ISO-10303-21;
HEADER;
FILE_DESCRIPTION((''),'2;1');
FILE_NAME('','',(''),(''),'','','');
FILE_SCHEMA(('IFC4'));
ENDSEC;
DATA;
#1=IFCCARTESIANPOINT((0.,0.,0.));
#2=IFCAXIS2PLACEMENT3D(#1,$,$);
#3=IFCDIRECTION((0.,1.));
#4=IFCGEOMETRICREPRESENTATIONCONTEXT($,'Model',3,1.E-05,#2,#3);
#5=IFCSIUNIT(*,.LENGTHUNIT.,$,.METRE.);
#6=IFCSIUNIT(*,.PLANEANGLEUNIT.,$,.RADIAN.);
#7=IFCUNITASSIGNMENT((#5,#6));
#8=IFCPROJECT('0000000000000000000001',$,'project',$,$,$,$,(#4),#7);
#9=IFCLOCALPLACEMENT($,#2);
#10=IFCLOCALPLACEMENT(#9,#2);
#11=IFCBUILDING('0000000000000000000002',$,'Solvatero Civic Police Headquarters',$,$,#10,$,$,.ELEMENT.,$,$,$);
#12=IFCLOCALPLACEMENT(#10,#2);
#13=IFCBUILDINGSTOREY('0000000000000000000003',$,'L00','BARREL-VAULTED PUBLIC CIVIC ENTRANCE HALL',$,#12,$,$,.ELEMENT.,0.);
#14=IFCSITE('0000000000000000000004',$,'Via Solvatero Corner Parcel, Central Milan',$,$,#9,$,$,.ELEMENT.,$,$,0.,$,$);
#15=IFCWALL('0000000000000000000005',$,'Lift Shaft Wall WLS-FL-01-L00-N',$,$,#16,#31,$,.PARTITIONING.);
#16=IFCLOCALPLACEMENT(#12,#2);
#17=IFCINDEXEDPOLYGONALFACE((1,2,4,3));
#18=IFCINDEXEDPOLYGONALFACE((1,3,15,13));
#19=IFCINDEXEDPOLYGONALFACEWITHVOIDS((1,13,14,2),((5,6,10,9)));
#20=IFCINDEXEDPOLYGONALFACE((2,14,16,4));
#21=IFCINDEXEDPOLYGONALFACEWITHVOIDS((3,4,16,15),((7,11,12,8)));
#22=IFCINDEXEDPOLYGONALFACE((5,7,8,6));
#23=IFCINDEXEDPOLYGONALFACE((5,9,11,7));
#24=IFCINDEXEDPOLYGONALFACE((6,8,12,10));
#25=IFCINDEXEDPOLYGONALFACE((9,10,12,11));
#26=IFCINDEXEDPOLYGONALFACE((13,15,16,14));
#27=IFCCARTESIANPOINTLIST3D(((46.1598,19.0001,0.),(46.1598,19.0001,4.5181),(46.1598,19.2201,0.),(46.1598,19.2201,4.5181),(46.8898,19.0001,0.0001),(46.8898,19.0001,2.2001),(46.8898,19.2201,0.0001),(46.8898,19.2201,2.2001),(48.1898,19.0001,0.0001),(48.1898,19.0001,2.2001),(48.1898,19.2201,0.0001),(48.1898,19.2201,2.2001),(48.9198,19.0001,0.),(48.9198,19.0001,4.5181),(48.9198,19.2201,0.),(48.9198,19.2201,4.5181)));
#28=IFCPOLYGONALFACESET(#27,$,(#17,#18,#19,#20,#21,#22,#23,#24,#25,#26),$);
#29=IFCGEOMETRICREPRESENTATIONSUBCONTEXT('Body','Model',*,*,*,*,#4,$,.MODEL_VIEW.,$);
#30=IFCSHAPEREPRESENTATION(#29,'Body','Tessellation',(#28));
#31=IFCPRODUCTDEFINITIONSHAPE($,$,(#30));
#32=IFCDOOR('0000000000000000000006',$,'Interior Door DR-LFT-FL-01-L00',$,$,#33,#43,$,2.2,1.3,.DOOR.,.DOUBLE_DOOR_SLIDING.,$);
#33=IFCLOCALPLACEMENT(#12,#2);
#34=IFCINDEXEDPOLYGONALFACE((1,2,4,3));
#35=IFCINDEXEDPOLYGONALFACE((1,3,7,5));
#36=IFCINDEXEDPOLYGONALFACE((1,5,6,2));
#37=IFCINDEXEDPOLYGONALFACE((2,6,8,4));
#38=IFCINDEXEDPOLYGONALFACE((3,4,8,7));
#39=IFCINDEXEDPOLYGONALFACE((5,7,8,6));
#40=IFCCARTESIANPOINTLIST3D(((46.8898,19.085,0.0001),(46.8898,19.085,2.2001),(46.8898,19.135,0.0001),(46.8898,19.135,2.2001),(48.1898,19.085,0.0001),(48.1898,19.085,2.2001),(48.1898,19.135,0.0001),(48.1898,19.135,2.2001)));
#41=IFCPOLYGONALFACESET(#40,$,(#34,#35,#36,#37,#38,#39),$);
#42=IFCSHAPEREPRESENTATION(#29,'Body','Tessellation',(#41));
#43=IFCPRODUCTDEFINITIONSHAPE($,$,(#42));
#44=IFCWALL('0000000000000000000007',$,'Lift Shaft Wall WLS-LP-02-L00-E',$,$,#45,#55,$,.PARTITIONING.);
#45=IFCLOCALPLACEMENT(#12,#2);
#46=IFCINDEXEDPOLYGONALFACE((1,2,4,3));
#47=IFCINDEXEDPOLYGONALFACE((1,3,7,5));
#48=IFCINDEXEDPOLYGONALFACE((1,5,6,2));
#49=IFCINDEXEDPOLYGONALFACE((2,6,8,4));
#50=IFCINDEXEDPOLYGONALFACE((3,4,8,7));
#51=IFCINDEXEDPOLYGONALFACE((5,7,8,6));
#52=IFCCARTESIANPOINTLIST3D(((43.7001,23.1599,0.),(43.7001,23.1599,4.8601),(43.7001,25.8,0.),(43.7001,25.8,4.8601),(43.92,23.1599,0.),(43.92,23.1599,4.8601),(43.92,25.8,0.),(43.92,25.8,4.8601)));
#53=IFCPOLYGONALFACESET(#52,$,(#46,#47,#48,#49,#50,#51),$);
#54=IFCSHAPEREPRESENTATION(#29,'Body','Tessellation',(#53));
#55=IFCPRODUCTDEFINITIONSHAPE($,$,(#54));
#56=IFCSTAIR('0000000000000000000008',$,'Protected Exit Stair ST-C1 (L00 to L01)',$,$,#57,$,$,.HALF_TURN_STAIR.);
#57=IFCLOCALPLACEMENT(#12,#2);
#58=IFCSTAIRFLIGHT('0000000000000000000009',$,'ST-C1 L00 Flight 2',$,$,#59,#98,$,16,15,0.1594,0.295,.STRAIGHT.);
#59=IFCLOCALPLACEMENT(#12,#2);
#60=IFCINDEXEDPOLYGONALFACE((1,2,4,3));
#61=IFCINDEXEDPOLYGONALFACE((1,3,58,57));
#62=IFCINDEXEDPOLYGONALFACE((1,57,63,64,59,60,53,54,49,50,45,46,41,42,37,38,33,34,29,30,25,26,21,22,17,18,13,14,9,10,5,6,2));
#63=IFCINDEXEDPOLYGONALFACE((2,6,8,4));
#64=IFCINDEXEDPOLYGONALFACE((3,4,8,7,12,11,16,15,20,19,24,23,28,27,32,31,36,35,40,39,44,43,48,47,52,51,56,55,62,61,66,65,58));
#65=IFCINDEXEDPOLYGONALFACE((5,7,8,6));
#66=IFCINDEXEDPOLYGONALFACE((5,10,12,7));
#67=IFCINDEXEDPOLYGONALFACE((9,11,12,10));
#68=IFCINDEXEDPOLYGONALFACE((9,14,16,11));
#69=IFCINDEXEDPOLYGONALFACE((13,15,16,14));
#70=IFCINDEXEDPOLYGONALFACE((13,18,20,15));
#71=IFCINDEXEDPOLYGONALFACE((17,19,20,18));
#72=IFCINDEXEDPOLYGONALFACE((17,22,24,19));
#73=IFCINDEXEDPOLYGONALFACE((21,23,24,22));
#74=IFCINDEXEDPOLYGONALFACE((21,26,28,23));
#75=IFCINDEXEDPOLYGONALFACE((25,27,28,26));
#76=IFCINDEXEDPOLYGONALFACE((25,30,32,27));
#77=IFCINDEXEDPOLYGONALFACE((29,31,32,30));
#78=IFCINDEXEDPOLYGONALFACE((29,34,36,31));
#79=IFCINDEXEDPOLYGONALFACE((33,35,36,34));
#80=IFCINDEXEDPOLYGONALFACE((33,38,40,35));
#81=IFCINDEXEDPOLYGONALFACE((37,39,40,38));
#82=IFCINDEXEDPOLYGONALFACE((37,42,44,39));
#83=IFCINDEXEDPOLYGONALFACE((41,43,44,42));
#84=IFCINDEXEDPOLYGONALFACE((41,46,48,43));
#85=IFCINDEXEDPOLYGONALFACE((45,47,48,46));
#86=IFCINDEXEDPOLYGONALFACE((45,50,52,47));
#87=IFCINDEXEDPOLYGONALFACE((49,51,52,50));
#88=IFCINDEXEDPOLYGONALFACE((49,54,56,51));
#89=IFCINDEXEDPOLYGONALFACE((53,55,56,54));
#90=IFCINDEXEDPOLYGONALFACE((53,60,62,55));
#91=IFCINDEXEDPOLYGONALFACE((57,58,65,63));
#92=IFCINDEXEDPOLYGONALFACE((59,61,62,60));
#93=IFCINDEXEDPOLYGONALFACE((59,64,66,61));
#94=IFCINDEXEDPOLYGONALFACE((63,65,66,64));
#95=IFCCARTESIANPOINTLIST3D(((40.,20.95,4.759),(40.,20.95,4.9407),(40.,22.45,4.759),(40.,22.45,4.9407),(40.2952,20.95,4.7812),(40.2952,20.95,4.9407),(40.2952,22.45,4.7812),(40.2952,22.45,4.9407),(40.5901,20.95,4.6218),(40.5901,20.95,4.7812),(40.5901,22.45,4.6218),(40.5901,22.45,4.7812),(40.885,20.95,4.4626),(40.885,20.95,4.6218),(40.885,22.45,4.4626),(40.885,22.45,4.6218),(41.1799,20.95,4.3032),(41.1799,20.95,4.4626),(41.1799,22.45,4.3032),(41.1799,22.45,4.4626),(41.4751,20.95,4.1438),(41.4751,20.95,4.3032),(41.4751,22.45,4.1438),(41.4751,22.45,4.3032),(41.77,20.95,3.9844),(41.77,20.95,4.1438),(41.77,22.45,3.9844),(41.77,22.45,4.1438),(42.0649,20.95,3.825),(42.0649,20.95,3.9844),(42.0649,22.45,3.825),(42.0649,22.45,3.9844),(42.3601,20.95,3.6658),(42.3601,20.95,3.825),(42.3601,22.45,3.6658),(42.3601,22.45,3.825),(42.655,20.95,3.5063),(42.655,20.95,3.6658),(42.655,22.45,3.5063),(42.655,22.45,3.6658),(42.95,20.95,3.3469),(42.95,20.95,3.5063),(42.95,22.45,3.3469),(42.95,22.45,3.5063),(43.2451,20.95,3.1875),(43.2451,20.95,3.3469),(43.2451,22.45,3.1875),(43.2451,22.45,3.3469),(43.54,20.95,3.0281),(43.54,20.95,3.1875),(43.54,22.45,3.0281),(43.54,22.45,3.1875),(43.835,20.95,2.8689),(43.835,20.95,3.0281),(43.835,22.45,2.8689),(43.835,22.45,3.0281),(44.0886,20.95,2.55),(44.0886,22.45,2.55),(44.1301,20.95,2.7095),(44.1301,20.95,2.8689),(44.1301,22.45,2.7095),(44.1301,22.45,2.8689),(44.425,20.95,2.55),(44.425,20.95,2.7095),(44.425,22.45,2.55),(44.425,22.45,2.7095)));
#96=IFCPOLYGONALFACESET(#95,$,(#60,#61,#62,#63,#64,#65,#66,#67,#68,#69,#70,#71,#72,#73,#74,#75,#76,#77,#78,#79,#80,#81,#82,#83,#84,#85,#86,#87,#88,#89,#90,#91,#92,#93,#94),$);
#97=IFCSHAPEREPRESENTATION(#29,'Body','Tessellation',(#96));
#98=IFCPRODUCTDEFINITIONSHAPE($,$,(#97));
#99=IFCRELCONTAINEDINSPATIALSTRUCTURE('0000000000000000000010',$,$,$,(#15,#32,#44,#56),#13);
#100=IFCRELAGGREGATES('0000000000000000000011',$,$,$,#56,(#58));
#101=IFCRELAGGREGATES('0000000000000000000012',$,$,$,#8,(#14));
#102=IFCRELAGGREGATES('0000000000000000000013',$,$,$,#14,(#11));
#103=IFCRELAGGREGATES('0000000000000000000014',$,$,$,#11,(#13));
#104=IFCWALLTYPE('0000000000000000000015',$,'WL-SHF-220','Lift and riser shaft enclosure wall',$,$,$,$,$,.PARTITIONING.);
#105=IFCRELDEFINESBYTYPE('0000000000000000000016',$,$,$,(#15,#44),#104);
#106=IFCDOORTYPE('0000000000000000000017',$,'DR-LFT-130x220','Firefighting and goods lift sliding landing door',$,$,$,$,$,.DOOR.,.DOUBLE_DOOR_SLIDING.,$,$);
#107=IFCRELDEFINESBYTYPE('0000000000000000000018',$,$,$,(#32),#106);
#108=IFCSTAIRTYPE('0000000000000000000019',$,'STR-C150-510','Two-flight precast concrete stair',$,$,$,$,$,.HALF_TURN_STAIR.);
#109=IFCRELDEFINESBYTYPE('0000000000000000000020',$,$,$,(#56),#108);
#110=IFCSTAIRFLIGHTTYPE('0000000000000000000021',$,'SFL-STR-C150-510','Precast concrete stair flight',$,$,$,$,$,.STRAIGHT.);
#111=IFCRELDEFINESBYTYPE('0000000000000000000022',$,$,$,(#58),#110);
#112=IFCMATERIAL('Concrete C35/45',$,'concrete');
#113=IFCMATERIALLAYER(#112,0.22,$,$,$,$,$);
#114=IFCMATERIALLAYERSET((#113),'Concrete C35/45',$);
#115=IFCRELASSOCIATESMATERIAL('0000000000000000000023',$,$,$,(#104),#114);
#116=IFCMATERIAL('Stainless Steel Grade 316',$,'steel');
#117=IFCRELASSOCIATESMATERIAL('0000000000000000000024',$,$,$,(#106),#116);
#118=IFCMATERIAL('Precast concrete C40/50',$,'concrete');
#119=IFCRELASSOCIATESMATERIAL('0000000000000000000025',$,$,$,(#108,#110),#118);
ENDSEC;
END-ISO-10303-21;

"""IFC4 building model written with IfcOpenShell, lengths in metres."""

from ifc_helpers import new_model, si_unit, direction, frame, frame_2d, origin, place, context, subcontext, project, spatial, polyline, rectangle, outline, extrude, material, layer, layer_set, type_object, element, fill, aggregate, save


model = new_model("IFC4")

# Units and contexts
model_context = context("Model", 3, precision=1e-05, world=origin(), true_north=direction((0.0, 1.0)))
body_context = subcontext(model_context, "Body", "Model", "MODEL_VIEW")
ifc_project = project(units=[si_unit("LENGTHUNIT", "METRE"), si_unit("PLANEANGLEUNIT", "RADIAN")], contexts=[model_context])

# Site, building, storey
site_placement = place(None, origin())
site = spatial("IfcSite", under=ifc_project, at=site_placement, Name="Via Solvatero Corner Parcel, Central Milan", CompositionType="ELEMENT", RefElevation=0.0)
building_placement = place(site_placement, origin())
building = spatial("IfcBuilding", under=site, at=building_placement, Name="Solvatero Civic Police Headquarters", CompositionType="ELEMENT")
storey_placement = place(building_placement, origin())
storey = spatial("IfcBuildingStorey", under=building, at=storey_placement, Name="L00", Description="BARREL-VAULTED PUBLIC CIVIC ENTRANCE HALL", CompositionType="ELEMENT", Elevation=0.0)

# Wall, opening, door
ifc_material_1 = material(Name="Concrete C35/45", Category="concrete")
ifc_layer_1 = layer(ifc_material_1, 0.22)
ifc_layer_set_1 = layer_set([ifc_layer_1], Name="Concrete C35/45")
wall_type_1 = type_object("IfcWallType", Name="WL-SHF-220", Description="Lift and riser shaft enclosure wall", PredefinedType="PARTITIONING", material=ifc_layer_set_1)
wall_1_placement = place(storey_placement, frame((46.1599, 19.1101, 0.0), z_axis=(0.0, 0.0, 1.0), x_axis=(1.0, 0.0, 0.0)))
wall_1 = element("IfcWall", 1, at=wall_1_placement, inside=storey, type_object=wall_type_1, Name="Lift Shaft Wall WLS-FL-01-L00-N", PredefinedType="PARTITIONING", context=body_context, shape_type="SweptSolid", body=[
    extrude(rectangle(XDim=2.76, YDim=0.22, at=frame_2d((1.3799, 0.0))), origin(), (0.0, 0.0, 1.0), 4.5181),
])
opening_1_placement = place(wall_1_placement, frame((0.73, 0.0, 0.0)))
opening_1 = element("IfcOpeningElement", 2, at=opening_1_placement, cuts=wall_1, PredefinedType="OPENING", context=body_context, shape_type="SweptSolid", body=[
    extrude(rectangle(XDim=1.3, YDim=2.2, at=frame_2d((0.6499, 1.1001))), frame((0.0, 0.1199, 0.0), z_axis=(0.0, -1.0, 0.0), x_axis=(1.0, 0.0, 0.0)), (0.0, 0.0, 1.0), 0.24),
])
ifc_material_2 = material(Name="Stainless Steel Grade 316", Category="steel")
door_type_1 = type_object("IfcDoorType", Name="DR-LFT-130x220", Description="Firefighting and goods lift sliding landing door", OperationType="DOUBLE_DOOR_SLIDING", PredefinedType="DOOR", material=ifc_material_2)
door_1_placement = place(opening_1_placement, origin())
door_1 = element("IfcDoor", 3, at=door_1_placement, inside=storey, type_object=door_type_1, Name="Interior Door DR-LFT-FL-01-L00", OperationType="DOUBLE_DOOR_SLIDING", OverallHeight=2.2, OverallWidth=1.3, PredefinedType="DOOR", context=body_context, shape_type="SweptSolid", body=[
    extrude(rectangle(XDim=1.3, YDim=2.2, at=frame_2d((0.6499, 1.1001))), frame((0.0, 0.0249, 0.0), z_axis=(0.0, -1.0, 0.0), x_axis=(1.0, 0.0, 0.0)), (0.0, 0.0, 1.0), 0.05),
])
fill(opening_1, door_1)

# Wall
wall_2_placement = place(storey_placement, frame((43.8101, 23.1599, 0.0), z_axis=(0.0, 0.0, 1.0), x_axis=(0.0, 1.0, 0.0)))
element("IfcWall", 4, at=wall_2_placement, inside=storey, type_object=wall_type_1, Name="Lift Shaft Wall WLS-LP-02-L00-E", PredefinedType="PARTITIONING", context=body_context, shape_type="SweptSolid", body=[
    extrude(rectangle(XDim=2.6401, YDim=0.22, at=frame_2d((1.3201, 0.0))), origin(), (0.0, 0.0, 1.0), 4.8601),
])

# Stair, stair flight
ifc_material_3 = material(Name="Precast concrete C40/50", Category="concrete")
stair_type = type_object("IfcStairType", Name="STR-C150-510", Description="Two-flight precast concrete stair", PredefinedType="HALF_TURN_STAIR", material=ifc_material_3)
stair_placement = place(storey_placement, origin())
stair = element("IfcStair", 5, at=stair_placement, inside=storey, type_object=stair_type, Name="Protected Exit Stair ST-C1 (L00 to L01)", PredefinedType="HALF_TURN_STAIR")
stair_flight_type = type_object("IfcStairFlightType", Name="SFL-STR-C150-510", Description="Precast concrete stair flight", PredefinedType="STRAIGHT", material=ifc_material_3)
stair_flight_placement = place(storey_placement, frame((44.425, 21.7, 2.55), z_axis=(0.0, 0.0, 1.0), x_axis=(-1.0, 0.0, 0.0)))
stair_flight = element("IfcStairFlight", 6, at=stair_flight_placement, type_object=stair_flight_type, Name="ST-C1 L00 Flight 2", NumberOfRisers=16, NumberOfTreads=15, PredefinedType="STRAIGHT", RiserHeight=0.1594, TreadLength=0.295, context=body_context, shape_type="SweptSolid", body=[
    extrude(outline(polyline([(0.0, 0.0), (0.0, 0.1594), (0.2949, 0.1594), (0.2949, 0.3188), (0.5901, 0.3188), (0.5901, 0.478), (0.885, 0.478), (0.885, 0.6375), (1.1799, 0.6375), (1.1799, 0.7969), (1.4751, 0.7969), (1.4751, 0.9563), (1.77, 0.9563), (1.77, 1.1157), (2.0649, 1.1157), (2.0649, 1.2749), (2.3601, 1.2749), (2.3601, 1.4343), (2.655, 1.4343), (2.655, 1.5938), (2.95, 1.5938), (2.95, 1.7532), (3.2451, 1.7532), (3.2451, 1.9126), (3.54, 1.9126), (3.54, 2.0718), (3.835, 2.0718), (3.835, 2.2312), (4.1299, 2.2312), (4.1299, 2.3906), (4.425, 2.3906), (4.425, 2.55), (4.425, 2.209), (0.3364, 0.0), (0.0, 0.0)])), frame((0.0, 0.75, 0.0), z_axis=(0.0, -1.0, 0.0), x_axis=(1.0, 0.0, 0.0)), (0.0, 0.0, 1.0), 1.5),
])
aggregate(stair, [stair_flight])

save(model, "model.ifc")
